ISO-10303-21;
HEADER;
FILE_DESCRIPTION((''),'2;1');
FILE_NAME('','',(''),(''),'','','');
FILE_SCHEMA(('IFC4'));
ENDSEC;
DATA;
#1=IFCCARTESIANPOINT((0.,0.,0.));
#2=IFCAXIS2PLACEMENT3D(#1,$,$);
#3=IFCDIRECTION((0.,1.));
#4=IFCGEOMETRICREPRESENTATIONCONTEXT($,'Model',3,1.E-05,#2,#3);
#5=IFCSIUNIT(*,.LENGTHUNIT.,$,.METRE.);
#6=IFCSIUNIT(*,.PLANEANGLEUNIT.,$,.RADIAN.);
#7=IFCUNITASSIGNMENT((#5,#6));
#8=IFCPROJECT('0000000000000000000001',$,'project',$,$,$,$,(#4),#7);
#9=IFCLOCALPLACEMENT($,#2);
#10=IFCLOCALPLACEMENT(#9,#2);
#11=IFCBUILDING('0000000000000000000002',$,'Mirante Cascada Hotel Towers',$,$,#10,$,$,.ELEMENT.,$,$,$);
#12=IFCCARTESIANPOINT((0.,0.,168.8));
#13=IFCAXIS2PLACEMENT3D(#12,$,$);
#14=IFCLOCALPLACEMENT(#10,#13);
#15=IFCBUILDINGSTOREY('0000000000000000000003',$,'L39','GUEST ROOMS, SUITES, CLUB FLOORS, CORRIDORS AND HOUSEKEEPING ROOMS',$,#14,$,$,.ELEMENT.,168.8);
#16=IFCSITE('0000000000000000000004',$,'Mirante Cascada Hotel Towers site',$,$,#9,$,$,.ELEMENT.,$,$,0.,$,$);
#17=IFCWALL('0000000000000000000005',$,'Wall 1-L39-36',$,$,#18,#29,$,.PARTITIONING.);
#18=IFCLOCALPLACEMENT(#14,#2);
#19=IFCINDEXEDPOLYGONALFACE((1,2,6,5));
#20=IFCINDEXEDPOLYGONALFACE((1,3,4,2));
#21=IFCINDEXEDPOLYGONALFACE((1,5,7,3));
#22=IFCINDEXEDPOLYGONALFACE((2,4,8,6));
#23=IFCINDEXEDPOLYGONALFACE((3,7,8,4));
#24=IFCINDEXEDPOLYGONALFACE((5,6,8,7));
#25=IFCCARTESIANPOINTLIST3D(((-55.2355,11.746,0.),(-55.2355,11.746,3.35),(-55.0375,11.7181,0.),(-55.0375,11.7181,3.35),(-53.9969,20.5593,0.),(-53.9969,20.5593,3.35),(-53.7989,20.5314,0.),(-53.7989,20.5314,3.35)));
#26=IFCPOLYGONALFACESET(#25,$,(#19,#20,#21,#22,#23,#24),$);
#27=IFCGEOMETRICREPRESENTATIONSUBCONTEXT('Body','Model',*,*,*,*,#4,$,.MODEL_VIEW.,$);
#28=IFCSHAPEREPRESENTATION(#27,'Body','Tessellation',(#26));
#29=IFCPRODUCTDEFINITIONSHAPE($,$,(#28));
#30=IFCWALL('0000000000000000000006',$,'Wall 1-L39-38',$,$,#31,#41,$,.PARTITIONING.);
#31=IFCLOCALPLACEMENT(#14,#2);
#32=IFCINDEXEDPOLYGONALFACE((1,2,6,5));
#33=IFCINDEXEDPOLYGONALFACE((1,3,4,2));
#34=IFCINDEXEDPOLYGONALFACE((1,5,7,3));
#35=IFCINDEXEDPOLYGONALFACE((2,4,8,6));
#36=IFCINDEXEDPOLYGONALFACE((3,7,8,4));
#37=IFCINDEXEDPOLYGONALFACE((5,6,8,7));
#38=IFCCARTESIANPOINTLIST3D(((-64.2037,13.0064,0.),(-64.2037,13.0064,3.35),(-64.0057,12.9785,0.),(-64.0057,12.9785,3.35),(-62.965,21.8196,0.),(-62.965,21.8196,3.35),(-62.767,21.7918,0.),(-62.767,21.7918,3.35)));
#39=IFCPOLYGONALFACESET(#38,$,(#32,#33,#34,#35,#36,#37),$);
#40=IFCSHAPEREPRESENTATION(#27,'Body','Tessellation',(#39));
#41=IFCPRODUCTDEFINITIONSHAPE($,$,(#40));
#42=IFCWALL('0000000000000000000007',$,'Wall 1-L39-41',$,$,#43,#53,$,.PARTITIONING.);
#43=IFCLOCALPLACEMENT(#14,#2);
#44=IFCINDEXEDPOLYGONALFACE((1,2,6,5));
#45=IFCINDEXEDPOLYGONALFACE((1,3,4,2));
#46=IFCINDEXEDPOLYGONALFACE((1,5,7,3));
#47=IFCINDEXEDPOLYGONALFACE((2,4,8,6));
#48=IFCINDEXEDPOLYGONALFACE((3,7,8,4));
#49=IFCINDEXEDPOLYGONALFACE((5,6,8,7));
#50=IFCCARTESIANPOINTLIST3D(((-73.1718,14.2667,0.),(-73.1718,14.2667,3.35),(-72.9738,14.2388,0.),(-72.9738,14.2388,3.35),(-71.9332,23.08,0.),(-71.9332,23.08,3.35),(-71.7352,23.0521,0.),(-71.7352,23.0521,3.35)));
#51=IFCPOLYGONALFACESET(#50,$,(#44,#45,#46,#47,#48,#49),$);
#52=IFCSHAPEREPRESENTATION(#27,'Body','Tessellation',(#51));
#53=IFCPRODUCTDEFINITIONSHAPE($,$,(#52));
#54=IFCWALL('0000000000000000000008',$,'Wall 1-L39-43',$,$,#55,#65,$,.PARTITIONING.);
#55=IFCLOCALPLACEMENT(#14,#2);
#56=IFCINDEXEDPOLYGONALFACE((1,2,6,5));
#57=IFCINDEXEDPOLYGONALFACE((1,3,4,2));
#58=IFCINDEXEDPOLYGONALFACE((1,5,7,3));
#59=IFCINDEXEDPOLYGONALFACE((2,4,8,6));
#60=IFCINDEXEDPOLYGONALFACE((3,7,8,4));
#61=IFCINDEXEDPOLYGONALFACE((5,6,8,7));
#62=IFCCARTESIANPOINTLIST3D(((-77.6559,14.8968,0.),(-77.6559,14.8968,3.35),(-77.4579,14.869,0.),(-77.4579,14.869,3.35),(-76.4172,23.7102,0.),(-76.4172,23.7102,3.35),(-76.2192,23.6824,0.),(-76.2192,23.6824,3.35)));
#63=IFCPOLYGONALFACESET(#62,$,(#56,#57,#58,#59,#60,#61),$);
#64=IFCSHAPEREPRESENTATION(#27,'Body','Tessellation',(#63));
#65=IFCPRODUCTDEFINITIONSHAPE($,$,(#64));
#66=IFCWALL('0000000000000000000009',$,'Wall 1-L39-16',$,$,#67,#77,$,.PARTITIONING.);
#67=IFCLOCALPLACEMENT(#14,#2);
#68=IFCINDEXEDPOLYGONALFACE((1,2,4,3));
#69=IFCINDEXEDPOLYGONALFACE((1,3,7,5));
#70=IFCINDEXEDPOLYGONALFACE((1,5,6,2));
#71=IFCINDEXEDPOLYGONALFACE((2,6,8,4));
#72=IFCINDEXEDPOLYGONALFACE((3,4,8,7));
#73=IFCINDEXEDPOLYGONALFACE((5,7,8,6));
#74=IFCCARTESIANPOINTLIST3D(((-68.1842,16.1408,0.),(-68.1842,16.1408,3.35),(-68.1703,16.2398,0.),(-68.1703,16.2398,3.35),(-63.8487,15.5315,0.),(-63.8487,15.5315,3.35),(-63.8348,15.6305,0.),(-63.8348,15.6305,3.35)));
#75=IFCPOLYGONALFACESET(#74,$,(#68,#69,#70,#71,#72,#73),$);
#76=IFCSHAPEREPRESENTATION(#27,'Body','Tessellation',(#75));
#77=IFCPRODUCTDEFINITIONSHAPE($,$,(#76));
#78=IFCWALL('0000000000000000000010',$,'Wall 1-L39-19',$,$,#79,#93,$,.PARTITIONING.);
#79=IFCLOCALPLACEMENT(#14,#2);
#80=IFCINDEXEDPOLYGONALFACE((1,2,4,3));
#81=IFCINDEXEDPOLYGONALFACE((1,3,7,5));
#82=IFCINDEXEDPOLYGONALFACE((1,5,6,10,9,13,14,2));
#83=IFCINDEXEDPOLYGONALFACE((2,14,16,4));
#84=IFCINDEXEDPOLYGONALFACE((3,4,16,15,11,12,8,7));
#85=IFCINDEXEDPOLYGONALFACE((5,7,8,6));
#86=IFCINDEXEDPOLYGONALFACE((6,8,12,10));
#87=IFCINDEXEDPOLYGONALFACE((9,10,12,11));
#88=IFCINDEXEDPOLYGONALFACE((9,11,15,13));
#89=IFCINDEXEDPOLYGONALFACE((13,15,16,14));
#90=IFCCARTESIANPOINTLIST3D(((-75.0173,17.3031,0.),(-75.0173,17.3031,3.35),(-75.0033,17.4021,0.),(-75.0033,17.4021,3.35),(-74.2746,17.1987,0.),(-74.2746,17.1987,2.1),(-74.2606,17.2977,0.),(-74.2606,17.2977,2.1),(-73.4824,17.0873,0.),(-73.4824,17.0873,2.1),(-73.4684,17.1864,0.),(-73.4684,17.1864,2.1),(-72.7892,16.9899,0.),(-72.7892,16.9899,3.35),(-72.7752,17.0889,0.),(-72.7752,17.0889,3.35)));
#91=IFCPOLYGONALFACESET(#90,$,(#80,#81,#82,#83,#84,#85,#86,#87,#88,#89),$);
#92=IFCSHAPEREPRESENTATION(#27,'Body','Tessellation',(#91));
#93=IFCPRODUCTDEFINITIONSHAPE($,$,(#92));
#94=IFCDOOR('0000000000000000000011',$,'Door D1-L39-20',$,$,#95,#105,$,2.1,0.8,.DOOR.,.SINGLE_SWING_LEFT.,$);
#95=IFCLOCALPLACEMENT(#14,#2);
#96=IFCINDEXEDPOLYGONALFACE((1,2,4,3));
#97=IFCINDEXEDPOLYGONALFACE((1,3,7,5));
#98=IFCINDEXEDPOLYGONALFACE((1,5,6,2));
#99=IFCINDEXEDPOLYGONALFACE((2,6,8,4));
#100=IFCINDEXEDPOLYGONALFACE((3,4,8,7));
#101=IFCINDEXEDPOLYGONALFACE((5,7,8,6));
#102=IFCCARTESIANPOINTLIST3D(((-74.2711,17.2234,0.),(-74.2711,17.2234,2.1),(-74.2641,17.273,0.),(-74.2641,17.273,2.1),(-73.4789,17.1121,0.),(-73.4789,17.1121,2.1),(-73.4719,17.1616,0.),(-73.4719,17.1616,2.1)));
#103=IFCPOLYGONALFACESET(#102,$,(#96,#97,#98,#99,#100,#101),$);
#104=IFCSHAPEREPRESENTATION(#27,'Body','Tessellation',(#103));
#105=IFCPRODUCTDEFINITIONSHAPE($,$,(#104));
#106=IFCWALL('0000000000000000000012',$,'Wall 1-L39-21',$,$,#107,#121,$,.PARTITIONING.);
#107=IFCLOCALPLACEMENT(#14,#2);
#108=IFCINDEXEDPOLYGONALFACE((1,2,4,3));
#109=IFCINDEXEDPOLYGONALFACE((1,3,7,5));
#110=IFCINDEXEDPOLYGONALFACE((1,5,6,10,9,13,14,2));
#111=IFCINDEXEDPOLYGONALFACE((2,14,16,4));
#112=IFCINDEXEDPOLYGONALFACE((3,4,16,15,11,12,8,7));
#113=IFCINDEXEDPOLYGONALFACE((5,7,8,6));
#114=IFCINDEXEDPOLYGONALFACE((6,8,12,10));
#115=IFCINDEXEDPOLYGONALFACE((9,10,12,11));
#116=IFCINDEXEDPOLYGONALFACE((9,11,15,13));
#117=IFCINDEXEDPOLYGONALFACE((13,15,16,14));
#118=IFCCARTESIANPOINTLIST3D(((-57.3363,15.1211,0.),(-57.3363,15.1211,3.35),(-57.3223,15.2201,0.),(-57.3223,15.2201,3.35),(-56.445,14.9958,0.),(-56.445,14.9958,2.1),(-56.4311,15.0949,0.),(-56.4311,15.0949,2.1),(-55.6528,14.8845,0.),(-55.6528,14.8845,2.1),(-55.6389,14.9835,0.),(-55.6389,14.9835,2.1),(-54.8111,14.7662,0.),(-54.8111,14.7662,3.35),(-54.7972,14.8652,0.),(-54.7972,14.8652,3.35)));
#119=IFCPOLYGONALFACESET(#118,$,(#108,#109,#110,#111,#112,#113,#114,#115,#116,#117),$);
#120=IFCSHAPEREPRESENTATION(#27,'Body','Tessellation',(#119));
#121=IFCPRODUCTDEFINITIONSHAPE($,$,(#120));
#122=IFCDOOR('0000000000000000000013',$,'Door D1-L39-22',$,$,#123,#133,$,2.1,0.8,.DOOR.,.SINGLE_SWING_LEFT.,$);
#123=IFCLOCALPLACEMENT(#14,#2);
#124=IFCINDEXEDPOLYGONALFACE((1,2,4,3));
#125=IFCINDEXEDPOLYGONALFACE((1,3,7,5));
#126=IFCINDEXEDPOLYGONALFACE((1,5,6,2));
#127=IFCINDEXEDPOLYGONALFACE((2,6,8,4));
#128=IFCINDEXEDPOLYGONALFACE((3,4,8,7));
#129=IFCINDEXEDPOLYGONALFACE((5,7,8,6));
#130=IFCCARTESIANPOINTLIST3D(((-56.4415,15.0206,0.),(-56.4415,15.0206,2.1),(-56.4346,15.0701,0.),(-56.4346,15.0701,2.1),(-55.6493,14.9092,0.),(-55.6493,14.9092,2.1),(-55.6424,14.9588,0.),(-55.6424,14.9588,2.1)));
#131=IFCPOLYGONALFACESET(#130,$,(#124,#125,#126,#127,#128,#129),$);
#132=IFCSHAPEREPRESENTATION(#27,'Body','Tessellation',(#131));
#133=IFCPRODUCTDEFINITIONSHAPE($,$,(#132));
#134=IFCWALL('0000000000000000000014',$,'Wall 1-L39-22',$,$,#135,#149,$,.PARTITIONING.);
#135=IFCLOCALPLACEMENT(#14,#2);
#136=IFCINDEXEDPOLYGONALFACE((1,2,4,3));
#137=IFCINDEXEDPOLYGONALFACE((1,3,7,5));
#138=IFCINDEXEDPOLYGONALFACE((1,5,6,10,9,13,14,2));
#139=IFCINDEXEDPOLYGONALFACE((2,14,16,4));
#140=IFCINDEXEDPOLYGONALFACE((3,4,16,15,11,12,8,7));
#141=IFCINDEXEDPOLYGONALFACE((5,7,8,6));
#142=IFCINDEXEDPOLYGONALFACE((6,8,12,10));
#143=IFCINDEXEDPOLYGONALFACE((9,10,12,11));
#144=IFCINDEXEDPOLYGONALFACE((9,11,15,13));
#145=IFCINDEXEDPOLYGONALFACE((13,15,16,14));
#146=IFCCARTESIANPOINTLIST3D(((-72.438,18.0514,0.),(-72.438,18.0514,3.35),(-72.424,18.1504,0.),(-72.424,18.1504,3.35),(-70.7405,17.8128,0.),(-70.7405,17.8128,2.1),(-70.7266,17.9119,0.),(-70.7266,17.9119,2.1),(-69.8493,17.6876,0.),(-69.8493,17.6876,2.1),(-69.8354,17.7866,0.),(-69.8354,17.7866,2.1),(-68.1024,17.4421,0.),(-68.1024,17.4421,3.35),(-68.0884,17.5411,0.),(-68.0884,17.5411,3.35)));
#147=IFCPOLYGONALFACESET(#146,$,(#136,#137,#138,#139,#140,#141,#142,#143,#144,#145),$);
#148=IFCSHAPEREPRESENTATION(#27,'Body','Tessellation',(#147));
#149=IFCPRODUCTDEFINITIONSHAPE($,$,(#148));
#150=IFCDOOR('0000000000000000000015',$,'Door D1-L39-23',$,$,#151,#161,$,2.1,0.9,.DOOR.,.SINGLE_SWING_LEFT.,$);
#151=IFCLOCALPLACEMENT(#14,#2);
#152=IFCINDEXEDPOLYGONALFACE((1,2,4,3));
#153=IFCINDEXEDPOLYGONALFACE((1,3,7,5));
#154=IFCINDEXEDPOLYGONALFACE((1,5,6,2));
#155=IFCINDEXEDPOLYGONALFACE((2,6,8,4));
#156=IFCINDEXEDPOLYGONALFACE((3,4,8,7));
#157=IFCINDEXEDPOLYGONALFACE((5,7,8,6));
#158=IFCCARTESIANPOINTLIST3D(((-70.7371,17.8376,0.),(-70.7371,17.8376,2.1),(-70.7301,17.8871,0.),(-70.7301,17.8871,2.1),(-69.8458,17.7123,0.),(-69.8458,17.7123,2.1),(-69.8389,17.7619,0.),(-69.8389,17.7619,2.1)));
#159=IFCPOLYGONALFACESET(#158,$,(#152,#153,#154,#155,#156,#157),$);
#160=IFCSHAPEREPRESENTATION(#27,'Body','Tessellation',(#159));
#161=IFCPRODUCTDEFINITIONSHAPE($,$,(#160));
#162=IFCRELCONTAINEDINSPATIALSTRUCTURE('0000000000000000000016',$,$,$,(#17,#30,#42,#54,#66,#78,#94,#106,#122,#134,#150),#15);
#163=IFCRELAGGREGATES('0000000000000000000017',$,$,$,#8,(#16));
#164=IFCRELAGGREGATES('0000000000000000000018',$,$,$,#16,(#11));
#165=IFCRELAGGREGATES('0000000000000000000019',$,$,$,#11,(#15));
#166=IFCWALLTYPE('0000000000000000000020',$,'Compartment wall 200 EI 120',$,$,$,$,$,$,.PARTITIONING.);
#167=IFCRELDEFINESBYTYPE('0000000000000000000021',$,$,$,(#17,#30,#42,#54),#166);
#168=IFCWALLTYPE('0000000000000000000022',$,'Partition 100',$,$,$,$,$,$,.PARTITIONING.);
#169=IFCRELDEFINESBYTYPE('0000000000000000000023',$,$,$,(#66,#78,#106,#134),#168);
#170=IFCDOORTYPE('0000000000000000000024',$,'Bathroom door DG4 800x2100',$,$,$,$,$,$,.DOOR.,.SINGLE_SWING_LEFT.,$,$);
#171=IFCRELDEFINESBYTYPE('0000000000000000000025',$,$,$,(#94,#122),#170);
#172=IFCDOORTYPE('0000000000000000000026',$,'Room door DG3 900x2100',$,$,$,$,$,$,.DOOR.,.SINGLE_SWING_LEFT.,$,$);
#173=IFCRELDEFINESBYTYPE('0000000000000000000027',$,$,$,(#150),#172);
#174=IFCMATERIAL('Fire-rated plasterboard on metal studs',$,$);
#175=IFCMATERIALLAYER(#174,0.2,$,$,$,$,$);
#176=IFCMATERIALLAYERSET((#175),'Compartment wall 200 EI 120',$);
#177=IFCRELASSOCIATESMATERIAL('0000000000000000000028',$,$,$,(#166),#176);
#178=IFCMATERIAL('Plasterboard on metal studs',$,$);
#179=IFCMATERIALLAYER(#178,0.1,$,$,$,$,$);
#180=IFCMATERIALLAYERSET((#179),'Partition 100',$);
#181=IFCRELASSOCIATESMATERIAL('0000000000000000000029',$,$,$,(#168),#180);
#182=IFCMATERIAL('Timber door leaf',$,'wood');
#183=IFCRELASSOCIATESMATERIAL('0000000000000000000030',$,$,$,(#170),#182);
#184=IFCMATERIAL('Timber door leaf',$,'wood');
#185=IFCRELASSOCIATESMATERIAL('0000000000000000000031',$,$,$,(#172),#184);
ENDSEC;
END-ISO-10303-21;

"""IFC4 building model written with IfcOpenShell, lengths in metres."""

from ifc_helpers import new_model, si_unit, direction, frame, frame_2d, origin, place, context, subcontext, project, spatial, rectangle, extrude, material, layer, layer_set, type_object, element, fill, save


model = new_model("IFC4")

# Units and contexts
model_context = context("Model", 3, precision=1e-05, world=origin(), true_north=direction((0.0, 1.0)))
body_context = subcontext(model_context, "Body", "Model", "MODEL_VIEW")
ifc_project = project(units=[si_unit("LENGTHUNIT", "METRE"), si_unit("PLANEANGLEUNIT", "RADIAN")], contexts=[model_context])

# Site, building, storey
site_placement = place(None, origin())
site = spatial("IfcSite", under=ifc_project, at=site_placement, Name="Mirante Cascada Hotel Towers site", CompositionType="ELEMENT", RefElevation=0.0)
building_placement = place(site_placement, origin())
building = spatial("IfcBuilding", under=site, at=building_placement, Name="Mirante Cascada Hotel Towers", CompositionType="ELEMENT")
storey_placement = place(building_placement, frame((0.0, 0.0, 168.8)))
storey = spatial("IfcBuildingStorey", under=building, at=storey_placement, Name="L39", Description="GUEST ROOMS, SUITES, CLUB FLOORS, CORRIDORS AND HOUSEKEEPING ROOMS", CompositionType="ELEMENT", Elevation=168.8)

# Walls
ifc_material_1 = material(Name="Fire-rated plasterboard on metal studs")
ifc_layer_1 = layer(ifc_material_1, 0.2)
ifc_layer_set_1 = layer_set([ifc_layer_1], Name="Compartment wall 200 EI 120")
wall_type_1 = type_object("IfcWallType", Name="Compartment wall 200 EI 120", PredefinedType="PARTITIONING", material=ifc_layer_set_1)
for number, where, z_axis, x_axis, name in (
    (1, (-55.1365, 11.732, 0.0), (0.0, 0.0, 1.0), (0.13917, 0.990268, 0.0), "Wall 1-L39-36"),
    (2, (-64.1047, 12.9924, 0.0), (0.0, 0.0, 1.0), (0.139181, 0.990267, 0.0), "Wall 1-L39-38"),
    (3, (-71.8342, 23.0661, 0.0), (0.0, 0.0, 1.0), (-0.13917, -0.990268, 0.0), "Wall 1-L39-41"),
):
    element("IfcWall", number, at=place(storey_placement, frame(where, z_axis=z_axis, x_axis=x_axis)), inside=storey, type_object=wall_type_1, Name=name, PredefinedType="PARTITIONING", context=body_context, shape_type="SweptSolid", body=[
        extrude(rectangle(XDim=8.8999, YDim=0.2, at=frame_2d((4.45, 0.0))), origin(), (0.0, 0.0, 1.0), 3.35),
    ])
wall_1_placement = place(storey_placement, frame((-76.3182, 23.6963, 0.0), z_axis=(0.0, 0.0, 1.0), x_axis=(-0.139179, -0.990267, 0.0)))
element("IfcWall", 4, at=wall_1_placement, inside=storey, type_object=wall_type_1, Name="Wall 1-L39-43", PredefinedType="PARTITIONING", context=body_context, shape_type="SweptSolid", body=[
    extrude(rectangle(XDim=8.9, YDim=0.2, at=frame_2d((4.45, 0.0))), origin(), (0.0, 0.0, 1.0), 3.35),
])
ifc_material_2 = material(Name="Plasterboard on metal studs")
ifc_layer_2 = layer(ifc_material_2, 0.1)
ifc_layer_set_2 = layer_set([ifc_layer_2], Name="Partition 100")
wall_type_2 = type_object("IfcWallType", Name="Partition 100", PredefinedType="PARTITIONING", material=ifc_layer_set_2)
wall_2_placement = place(storey_placement, frame((-63.8418, 15.581, 0.0), z_axis=(0.0, 0.0, 1.0), x_axis=(-0.990268, 0.13917, 0.0)))
element("IfcWall", 5, at=wall_2_placement, inside=storey, type_object=wall_type_2, Name="Wall 1-L39-16", PredefinedType="PARTITIONING", context=body_context, shape_type="SweptSolid", body=[
    extrude(rectangle(XDim=4.3781, YDim=0.1, at=frame_2d((2.189, 0.0))), origin(), (0.0, 0.0, 1.0), 3.35),
])

# Walls, openings, doors
wall_3_placement = place(storey_placement, frame((-75.0103, 17.3526, 0.0), z_axis=(0.0, 0.0, 1.0), x_axis=(0.990264, -0.1392, 0.0)))
wall_3 = element("IfcWall", 6, at=wall_3_placement, inside=storey, type_object=wall_type_2, Name="Wall 1-L39-19", PredefinedType="PARTITIONING", context=body_context, shape_type="SweptSolid", body=[
    extrude(rectangle(XDim=2.25, YDim=0.1, at=frame_2d((1.125, 0.0))), origin(), (0.0, 0.0, 1.0), 3.35),
])
opening_1_placement = place(wall_3_placement, frame((0.75, 0.0, 0.0)))
opening_1 = element("IfcOpeningElement", 7, at=opening_1_placement, cuts=wall_3, PredefinedType="OPENING", context=body_context, shape_type="SweptSolid", body=[
    extrude(rectangle(XDim=0.8, YDim=2.1, at=frame_2d((0.4, 1.05))), frame((0.0, 0.05, 0.0), z_axis=(0.0, -1.0, 0.0), x_axis=(1.0, 0.0, 0.0)), (0.0, 0.0, 1.0), 0.1),
])
ifc_material_3 = material(Name="Timber door leaf", Category="wood")
door_type_1 = type_object("IfcDoorType", Name="Bathroom door DG4 800x2100", OperationType="SINGLE_SWING_LEFT", PredefinedType="DOOR", material=ifc_material_3)
door_1_placement = place(opening_1_placement, origin())
door_1 = element("IfcDoor", 8, at=door_1_placement, inside=storey, type_object=door_type_1, Name="Door D1-L39-20", OperationType="SINGLE_SWING_LEFT", OverallHeight=2.1, OverallWidth=0.8, PredefinedType="DOOR", context=body_context, shape_type="SweptSolid", body=[
    extrude(rectangle(XDim=0.8, YDim=2.1, at=frame_2d((0.4, 1.05))), frame((0.0, 0.025, 0.0), z_axis=(0.0, -1.0, 0.0), x_axis=(1.0, 0.0, 0.0)), (0.0, 0.0, 1.0), 0.05),
])
fill(opening_1, door_1)
wall_4_placement = place(storey_placement, frame((-57.3293, 15.1706, 0.0), z_axis=(0.0, 0.0, 1.0), x_axis=(0.990268, -0.139176, 0.0)))
wall_4 = element("IfcWall", 9, at=wall_4_placement, inside=storey, type_object=wall_type_2, Name="Wall 1-L39-21", PredefinedType="PARTITIONING", context=body_context, shape_type="SweptSolid", body=[
    extrude(rectangle(XDim=2.55, YDim=0.1, at=frame_2d((1.275, 0.0))), origin(), (0.0, 0.0, 1.0), 3.35),
])
opening_2_placement = place(wall_4_placement, frame((0.9, 0.0, 0.0)))
opening_2 = element("IfcOpeningElement", 10, at=opening_2_placement, cuts=wall_4, PredefinedType="OPENING", context=body_context, shape_type="SweptSolid", body=[
    extrude(rectangle(XDim=0.8, YDim=2.1, at=frame_2d((0.4, 1.05))), frame((0.0, 0.05, 0.0), z_axis=(0.0, -1.0, 0.0), x_axis=(1.0, 0.0, 0.0)), (0.0, 0.0, 1.0), 0.1),
])
door_2_placement = place(opening_2_placement, origin())
door_2 = element("IfcDoor", 11, at=door_2_placement, inside=storey, type_object=door_type_1, Name="Door D1-L39-22", OperationType="SINGLE_SWING_LEFT", OverallHeight=2.1, OverallWidth=0.8, PredefinedType="DOOR", context=body_context, shape_type="SweptSolid", body=[
    extrude(rectangle(XDim=0.8, YDim=2.1, at=frame_2d((0.4, 1.05))), frame((0.0, 0.025, 0.0), z_axis=(0.0, -1.0, 0.0), x_axis=(1.0, 0.0, 0.0)), (0.0, 0.0, 1.0), 0.05),
])
fill(opening_2, door_2)
wall_5_placement = place(storey_placement, frame((-68.0954, 17.4916, 0.0), z_axis=(0.0, 0.0, 1.0), x_axis=(-0.990269, 0.139167, 0.0)))
wall_5 = element("IfcWall", 12, at=wall_5_placement, inside=storey, type_object=wall_type_2, Name="Wall 1-L39-22", PredefinedType="PARTITIONING", context=body_context, shape_type="SweptSolid", body=[
    extrude(rectangle(XDim=4.3782, YDim=0.1, at=frame_2d((2.1891, 0.0))), origin(), (0.0, 0.0, 1.0), 3.35),
])
opening_3_placement = place(wall_5_placement, frame((1.7641, 0.0, 0.0)))
opening_3 = element("IfcOpeningElement", 13, at=opening_3_placement, cuts=wall_5, PredefinedType="OPENING", context=body_context, shape_type="SweptSolid", body=[
    extrude(rectangle(XDim=0.9, YDim=2.1, at=frame_2d((0.45, 1.05))), frame((0.0, 0.05, 0.0), z_axis=(0.0, -1.0, 0.0), x_axis=(1.0, 0.0, 0.0)), (0.0, 0.0, 1.0), 0.1),
])
ifc_material_4 = material(Name="Timber door leaf", Category="wood")
door_type_2 = type_object("IfcDoorType", Name="Room door DG3 900x2100", OperationType="SINGLE_SWING_LEFT", PredefinedType="DOOR", material=ifc_material_4)
door_3_placement = place(opening_3_placement, origin())
door_3 = element("IfcDoor", 14, at=door_3_placement, inside=storey, type_object=door_type_2, Name="Door D1-L39-23", OperationType="SINGLE_SWING_LEFT", OverallHeight=2.1, OverallWidth=0.9, PredefinedType="DOOR", context=body_context, shape_type="SweptSolid", body=[
    extrude(rectangle(XDim=0.9, YDim=2.1, at=frame_2d((0.45, 1.05))), frame((0.0, 0.025, 0.0), z_axis=(0.0, -1.0, 0.0), x_axis=(1.0, 0.0, 0.0)), (0.0, 0.0, 1.0), 0.05),
])
fill(opening_3, door_3)

save(model, "model.ifc")
